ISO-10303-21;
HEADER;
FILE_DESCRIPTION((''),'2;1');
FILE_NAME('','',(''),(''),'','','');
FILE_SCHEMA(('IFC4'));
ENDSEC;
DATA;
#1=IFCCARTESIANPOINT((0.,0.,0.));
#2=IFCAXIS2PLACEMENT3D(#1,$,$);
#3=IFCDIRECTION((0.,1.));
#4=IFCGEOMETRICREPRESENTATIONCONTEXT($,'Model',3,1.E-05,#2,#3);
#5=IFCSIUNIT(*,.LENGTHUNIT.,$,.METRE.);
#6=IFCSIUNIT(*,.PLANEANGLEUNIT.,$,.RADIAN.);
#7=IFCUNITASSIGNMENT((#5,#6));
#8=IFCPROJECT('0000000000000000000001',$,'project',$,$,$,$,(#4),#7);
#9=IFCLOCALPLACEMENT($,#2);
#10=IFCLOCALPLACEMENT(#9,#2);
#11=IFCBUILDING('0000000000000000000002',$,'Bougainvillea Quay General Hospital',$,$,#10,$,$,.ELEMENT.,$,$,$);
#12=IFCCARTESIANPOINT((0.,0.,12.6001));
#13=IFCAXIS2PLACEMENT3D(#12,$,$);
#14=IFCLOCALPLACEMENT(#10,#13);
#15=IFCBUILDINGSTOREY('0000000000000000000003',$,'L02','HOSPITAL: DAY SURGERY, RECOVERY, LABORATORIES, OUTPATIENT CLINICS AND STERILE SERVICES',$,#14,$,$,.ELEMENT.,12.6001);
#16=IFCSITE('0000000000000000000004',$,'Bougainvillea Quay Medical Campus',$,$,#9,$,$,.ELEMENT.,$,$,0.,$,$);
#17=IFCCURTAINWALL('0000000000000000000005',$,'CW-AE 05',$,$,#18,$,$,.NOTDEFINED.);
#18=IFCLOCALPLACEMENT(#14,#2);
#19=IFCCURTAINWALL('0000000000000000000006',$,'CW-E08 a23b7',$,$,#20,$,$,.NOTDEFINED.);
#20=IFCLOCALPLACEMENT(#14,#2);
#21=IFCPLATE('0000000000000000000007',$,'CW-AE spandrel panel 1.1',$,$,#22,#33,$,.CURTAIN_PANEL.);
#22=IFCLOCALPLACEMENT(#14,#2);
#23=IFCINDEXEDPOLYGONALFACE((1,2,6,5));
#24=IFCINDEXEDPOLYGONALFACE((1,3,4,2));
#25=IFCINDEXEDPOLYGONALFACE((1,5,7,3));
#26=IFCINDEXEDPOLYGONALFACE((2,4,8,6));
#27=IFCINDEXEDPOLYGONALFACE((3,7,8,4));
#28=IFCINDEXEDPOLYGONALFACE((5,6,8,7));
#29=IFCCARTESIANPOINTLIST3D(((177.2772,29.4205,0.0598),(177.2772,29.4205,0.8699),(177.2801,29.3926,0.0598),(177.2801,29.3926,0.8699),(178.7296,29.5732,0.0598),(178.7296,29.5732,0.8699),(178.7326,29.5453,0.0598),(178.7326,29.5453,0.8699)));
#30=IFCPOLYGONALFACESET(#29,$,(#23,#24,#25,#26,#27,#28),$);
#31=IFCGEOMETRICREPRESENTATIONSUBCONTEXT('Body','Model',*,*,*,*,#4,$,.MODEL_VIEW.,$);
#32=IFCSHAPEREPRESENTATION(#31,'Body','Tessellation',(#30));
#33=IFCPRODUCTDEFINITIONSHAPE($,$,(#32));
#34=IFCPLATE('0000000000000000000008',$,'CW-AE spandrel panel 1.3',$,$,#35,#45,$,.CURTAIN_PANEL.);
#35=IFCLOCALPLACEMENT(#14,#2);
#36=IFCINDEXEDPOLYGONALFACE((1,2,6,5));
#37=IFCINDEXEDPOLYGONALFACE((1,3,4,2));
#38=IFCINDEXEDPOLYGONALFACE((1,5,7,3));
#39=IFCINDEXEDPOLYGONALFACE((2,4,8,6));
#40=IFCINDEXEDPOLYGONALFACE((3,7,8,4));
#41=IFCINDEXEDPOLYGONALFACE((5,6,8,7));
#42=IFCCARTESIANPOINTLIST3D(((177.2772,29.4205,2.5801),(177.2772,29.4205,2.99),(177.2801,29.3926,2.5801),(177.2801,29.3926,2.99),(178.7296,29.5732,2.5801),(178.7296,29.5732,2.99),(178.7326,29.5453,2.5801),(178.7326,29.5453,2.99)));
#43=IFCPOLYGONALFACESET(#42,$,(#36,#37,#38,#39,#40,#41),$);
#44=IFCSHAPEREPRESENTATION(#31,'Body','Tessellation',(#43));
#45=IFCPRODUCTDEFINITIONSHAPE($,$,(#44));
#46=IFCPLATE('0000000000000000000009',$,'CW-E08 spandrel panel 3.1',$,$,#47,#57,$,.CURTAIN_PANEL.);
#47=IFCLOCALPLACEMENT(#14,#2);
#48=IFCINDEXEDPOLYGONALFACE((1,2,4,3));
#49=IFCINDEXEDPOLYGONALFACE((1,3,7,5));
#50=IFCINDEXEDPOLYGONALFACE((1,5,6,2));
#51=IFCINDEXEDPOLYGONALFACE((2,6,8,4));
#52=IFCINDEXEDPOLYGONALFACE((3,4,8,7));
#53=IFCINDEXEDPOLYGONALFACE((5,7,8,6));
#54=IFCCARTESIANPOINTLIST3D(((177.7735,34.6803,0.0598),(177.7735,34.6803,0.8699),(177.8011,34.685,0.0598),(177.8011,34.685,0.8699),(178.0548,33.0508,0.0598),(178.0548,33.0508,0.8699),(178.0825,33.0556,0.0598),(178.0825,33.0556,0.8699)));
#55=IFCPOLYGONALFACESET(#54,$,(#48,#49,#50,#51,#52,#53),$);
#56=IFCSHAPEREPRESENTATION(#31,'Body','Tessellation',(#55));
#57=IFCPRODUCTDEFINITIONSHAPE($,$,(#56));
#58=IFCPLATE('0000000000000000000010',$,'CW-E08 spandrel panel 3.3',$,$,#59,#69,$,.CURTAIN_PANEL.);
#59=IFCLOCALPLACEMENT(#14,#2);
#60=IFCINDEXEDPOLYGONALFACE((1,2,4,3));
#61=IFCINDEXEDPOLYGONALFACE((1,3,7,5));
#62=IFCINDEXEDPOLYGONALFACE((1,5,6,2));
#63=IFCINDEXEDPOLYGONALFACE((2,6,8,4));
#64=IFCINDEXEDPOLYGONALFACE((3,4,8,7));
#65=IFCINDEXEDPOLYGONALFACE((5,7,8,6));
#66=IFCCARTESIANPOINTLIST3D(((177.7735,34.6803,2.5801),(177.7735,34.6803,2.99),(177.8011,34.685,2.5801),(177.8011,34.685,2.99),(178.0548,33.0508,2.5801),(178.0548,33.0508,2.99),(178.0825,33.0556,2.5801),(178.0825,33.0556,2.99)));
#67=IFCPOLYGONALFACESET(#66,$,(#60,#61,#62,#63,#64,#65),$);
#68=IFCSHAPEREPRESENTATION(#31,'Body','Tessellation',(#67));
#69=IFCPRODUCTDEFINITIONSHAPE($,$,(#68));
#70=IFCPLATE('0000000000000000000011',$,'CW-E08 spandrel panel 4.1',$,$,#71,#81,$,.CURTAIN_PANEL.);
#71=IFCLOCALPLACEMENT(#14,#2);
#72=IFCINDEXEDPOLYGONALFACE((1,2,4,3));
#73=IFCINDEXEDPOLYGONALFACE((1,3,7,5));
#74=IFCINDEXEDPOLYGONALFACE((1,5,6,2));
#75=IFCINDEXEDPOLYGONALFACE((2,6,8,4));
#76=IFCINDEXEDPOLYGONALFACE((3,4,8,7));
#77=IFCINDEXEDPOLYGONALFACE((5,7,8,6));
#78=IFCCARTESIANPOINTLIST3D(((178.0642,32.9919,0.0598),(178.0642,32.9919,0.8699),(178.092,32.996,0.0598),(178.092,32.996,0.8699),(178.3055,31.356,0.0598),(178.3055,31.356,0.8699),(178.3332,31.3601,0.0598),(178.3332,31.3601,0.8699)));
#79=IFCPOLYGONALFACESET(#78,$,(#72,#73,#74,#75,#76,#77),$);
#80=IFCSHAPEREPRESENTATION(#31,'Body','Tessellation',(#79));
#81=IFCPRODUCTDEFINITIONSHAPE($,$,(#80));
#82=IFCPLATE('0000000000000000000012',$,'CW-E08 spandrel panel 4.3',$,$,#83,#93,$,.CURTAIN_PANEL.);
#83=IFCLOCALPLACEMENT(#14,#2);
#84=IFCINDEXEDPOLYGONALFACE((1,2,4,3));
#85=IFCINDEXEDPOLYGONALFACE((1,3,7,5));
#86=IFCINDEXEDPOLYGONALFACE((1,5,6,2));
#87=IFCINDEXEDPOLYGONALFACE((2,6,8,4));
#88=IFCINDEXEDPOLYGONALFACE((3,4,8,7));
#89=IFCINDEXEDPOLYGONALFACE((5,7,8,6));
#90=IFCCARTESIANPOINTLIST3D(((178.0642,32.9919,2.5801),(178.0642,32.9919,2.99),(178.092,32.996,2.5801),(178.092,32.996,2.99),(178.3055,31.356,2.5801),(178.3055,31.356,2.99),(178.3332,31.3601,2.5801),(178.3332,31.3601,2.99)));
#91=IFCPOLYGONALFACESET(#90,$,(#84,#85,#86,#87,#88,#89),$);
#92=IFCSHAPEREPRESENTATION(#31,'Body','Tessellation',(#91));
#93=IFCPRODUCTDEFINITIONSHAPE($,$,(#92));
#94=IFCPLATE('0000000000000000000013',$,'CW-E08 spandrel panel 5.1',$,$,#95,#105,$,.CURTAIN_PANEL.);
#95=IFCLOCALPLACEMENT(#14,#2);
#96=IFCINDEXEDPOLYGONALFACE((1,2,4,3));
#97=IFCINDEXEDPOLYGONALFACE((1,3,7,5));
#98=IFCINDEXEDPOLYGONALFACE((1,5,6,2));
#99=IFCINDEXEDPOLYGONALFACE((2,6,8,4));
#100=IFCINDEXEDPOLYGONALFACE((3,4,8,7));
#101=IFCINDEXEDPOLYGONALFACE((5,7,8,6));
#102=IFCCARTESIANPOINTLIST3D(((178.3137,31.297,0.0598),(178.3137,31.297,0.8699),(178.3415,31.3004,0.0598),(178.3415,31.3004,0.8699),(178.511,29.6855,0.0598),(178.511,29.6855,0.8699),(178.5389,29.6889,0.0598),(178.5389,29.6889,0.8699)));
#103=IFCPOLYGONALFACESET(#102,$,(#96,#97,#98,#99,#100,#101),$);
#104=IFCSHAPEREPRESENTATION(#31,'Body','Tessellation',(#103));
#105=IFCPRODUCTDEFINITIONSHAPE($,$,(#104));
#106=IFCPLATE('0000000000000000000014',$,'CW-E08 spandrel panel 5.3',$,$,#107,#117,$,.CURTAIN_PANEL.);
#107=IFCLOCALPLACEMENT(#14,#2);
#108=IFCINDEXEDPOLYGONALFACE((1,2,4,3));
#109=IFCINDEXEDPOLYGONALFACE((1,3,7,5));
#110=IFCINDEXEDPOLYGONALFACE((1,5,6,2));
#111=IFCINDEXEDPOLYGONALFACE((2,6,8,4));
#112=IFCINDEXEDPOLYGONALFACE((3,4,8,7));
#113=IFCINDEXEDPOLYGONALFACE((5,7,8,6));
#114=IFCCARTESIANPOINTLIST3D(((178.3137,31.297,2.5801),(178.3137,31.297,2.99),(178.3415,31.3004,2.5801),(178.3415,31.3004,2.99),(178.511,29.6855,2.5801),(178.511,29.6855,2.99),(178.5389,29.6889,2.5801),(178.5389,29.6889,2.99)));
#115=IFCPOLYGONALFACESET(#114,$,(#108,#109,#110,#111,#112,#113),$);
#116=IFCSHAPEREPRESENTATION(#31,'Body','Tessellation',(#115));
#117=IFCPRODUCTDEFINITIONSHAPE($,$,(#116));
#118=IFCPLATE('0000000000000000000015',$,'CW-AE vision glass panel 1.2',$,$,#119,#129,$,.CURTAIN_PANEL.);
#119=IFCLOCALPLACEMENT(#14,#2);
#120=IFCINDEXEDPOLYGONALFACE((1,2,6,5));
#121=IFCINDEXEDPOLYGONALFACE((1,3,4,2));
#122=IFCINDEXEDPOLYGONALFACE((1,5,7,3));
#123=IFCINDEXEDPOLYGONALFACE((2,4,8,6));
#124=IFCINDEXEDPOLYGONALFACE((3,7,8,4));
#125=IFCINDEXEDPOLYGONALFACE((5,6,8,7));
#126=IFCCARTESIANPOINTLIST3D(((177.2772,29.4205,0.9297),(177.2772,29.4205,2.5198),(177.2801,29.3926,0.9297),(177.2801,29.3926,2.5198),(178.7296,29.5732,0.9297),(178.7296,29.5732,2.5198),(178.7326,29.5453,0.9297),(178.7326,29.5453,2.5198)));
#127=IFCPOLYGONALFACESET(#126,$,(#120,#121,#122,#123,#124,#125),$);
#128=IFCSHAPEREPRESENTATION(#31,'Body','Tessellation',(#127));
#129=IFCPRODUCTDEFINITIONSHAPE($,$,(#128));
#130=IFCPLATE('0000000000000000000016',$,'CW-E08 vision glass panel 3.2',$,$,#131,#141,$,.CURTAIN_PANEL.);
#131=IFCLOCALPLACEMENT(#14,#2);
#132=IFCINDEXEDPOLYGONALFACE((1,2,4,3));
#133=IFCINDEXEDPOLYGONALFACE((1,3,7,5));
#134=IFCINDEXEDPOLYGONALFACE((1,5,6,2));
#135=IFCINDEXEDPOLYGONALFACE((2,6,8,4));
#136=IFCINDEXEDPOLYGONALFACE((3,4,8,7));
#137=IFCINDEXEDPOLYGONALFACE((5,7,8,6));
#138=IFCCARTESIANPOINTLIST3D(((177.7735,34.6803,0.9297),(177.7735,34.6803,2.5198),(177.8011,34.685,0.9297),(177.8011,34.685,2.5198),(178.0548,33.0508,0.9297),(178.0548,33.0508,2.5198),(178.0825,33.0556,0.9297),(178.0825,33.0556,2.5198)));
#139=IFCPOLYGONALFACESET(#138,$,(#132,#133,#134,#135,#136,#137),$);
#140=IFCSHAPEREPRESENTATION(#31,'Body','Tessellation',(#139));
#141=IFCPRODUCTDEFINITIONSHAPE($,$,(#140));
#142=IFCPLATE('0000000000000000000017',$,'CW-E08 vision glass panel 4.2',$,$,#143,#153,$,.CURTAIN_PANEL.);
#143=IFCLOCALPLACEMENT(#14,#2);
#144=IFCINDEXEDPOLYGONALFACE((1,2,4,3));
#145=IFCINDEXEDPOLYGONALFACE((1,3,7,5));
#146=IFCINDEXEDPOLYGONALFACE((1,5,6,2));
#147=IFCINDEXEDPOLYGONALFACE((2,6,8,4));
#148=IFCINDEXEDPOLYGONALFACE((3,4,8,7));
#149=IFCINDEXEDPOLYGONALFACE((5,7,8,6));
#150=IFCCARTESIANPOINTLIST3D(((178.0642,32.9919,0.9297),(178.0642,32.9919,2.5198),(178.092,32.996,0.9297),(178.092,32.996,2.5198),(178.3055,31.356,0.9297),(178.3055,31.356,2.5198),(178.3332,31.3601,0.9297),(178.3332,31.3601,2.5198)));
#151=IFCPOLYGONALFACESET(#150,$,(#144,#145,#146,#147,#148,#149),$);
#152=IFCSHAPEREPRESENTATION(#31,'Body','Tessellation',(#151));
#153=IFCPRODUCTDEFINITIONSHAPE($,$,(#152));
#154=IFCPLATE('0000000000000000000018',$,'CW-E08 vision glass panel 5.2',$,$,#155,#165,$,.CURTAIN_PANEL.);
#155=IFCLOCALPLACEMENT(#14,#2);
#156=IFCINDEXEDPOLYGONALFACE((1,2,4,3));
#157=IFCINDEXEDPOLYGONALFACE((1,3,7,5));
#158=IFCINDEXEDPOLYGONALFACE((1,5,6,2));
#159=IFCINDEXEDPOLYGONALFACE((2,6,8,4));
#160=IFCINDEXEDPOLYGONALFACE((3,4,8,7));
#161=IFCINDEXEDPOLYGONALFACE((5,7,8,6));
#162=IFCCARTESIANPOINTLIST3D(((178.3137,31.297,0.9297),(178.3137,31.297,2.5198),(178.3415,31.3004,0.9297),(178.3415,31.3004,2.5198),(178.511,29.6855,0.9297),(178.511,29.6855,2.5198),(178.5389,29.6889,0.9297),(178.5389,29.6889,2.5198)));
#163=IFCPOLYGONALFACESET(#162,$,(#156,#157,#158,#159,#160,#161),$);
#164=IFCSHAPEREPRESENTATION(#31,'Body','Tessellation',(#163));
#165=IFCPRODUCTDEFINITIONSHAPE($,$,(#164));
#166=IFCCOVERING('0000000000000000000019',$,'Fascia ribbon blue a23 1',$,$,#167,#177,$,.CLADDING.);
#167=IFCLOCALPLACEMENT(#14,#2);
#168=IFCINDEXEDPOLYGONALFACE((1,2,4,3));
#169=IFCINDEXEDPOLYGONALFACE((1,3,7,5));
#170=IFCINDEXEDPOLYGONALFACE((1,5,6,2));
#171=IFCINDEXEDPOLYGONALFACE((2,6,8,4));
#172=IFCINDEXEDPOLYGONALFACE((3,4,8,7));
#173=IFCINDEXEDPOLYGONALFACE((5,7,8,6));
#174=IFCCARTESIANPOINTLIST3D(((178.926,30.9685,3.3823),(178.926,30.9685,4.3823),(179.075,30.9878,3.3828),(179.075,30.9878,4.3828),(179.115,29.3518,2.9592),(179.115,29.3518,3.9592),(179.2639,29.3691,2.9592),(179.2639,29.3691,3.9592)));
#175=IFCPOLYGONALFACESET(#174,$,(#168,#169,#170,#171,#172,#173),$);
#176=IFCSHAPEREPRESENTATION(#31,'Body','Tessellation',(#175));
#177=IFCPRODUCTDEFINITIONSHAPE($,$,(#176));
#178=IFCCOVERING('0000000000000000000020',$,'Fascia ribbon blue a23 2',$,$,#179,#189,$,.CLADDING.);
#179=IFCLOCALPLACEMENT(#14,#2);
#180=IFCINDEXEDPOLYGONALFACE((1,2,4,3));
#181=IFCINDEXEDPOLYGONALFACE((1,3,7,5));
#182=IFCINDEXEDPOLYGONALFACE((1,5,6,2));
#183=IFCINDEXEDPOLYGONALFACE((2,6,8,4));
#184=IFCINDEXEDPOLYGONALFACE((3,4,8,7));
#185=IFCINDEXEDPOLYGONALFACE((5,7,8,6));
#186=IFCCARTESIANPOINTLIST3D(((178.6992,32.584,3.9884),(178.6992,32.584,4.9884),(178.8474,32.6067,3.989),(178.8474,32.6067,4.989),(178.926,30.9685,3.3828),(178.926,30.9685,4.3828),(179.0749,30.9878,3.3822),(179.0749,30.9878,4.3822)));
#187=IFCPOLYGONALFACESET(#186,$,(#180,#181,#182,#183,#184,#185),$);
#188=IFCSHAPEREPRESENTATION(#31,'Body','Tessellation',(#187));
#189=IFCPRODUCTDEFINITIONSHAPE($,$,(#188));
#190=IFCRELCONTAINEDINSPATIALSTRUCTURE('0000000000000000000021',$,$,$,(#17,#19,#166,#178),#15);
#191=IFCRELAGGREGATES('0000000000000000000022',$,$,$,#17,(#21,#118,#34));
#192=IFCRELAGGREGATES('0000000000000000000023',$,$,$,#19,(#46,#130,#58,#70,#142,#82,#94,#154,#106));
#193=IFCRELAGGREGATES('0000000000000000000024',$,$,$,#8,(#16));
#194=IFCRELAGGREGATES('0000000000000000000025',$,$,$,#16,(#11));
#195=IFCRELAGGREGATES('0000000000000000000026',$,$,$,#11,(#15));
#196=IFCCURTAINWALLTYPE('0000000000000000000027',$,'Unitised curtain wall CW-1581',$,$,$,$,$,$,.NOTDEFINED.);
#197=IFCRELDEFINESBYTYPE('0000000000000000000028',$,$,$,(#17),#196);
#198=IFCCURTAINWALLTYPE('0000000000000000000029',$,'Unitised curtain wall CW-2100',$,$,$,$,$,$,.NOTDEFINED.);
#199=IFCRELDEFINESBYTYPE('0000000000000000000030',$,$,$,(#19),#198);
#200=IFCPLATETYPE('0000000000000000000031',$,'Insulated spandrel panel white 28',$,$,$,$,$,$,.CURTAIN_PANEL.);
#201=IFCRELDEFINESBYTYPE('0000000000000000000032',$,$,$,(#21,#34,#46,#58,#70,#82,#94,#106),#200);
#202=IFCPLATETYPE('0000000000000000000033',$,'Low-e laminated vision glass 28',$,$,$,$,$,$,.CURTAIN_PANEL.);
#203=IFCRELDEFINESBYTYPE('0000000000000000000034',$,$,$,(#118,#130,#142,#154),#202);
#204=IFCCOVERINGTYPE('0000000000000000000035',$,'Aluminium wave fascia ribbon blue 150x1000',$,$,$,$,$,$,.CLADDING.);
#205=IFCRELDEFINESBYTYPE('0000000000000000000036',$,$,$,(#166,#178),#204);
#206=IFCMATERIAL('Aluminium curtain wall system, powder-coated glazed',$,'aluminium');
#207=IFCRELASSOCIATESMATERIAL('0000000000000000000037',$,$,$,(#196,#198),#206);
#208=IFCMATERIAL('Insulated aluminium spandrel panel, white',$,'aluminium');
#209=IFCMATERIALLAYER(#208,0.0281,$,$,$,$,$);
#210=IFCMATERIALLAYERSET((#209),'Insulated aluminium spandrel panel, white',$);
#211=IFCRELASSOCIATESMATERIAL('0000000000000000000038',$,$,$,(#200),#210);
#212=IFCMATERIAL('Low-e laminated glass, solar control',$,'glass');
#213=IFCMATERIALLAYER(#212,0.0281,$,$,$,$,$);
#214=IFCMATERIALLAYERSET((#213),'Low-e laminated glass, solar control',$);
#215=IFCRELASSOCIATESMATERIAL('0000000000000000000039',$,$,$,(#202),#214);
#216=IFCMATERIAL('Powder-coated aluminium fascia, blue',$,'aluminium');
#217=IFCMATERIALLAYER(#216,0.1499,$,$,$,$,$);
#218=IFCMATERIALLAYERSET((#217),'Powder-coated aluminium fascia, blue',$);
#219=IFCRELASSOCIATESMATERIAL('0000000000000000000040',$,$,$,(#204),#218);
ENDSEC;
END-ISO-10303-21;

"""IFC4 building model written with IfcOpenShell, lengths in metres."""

from ifc_helpers import new_model, si_unit, direction, frame, origin, origin_2d, place, context, subcontext, project, spatial, polyline, rectangle, outline, extrude, material, layer, layer_set, type_object, element, aggregate, save


model = new_model("IFC4")

# Units and contexts
model_context = context("Model", 3, precision=1e-05, world=origin(), true_north=direction((0.0, 1.0)))
body_context = subcontext(model_context, "Body", "Model", "MODEL_VIEW")
ifc_project = project(units=[si_unit("LENGTHUNIT", "METRE"), si_unit("PLANEANGLEUNIT", "RADIAN")], contexts=[model_context])

# Site, building, storey
site_placement = place(None, origin())
site = spatial("IfcSite", under=ifc_project, at=site_placement, Name="Bougainvillea Quay Medical Campus", CompositionType="ELEMENT", RefElevation=0.0)
building_placement = place(site_placement, origin())
building = spatial("IfcBuilding", under=site, at=building_placement, Name="Bougainvillea Quay General Hospital", CompositionType="ELEMENT")
storey_placement = place(building_placement, frame((0.0, 0.0, 12.6001)))
storey = spatial("IfcBuildingStorey", under=building, at=storey_placement, Name="L02", Description="HOSPITAL: DAY SURGERY, RECOVERY, LABORATORIES, OUTPATIENT CLINICS AND STERILE SERVICES", CompositionType="ELEMENT", Elevation=12.6001)

# Curtain wall
ifc_material_1 = material(Name="Aluminium curtain wall system, powder-coated glazed", Category="aluminium")
curtain_wall_type_1 = type_object("IfcCurtainWallType", Name="Unitised curtain wall CW-1581", PredefinedType="NOTDEFINED", material=ifc_material_1)
curtain_wall_1_placement = place(storey_placement, origin())
curtain_wall_1 = element("IfcCurtainWall", 1, at=curtain_wall_1_placement, inside=storey, type_object=curtain_wall_type_1, Name="CW-AE 05", PredefinedType="NOTDEFINED")

# Curtain wall
curtain_wall_type_2 = type_object("IfcCurtainWallType", Name="Unitised curtain wall CW-2100", PredefinedType="NOTDEFINED", material=ifc_material_1)
curtain_wall_2_placement = place(storey_placement, origin())
curtain_wall_2 = element("IfcCurtainWall", 2, at=curtain_wall_2_placement, inside=storey, type_object=curtain_wall_type_2, Name="CW-E08 a23b7", PredefinedType="NOTDEFINED")

# Plates
ifc_material_2 = material(Name="Insulated aluminium spandrel panel, white", Category="aluminium")
ifc_layer_1 = layer(ifc_material_2, 0.0281)
ifc_layer_set_1 = layer_set([ifc_layer_1], Name="Insulated aluminium spandrel panel, white")
plate_type_1 = type_object("IfcPlateType", Name="Insulated spandrel panel white 28", PredefinedType="CURTAIN_PANEL", material=ifc_layer_set_1)
plate_1_placement = place(storey_placement, frame((178.0049, 29.4829, 0.0598), z_axis=(0.0, 0.0, 1.0), x_axis=(0.994522, 0.104527, 0.0)))
plate_1 = element("IfcPlate", 3, at=plate_1_placement, type_object=plate_type_1, Name="CW-AE spandrel panel 1.1", PredefinedType="CURTAIN_PANEL", context=body_context, shape_type="SweptSolid", body=[
    extrude(rectangle(XDim=1.4604, YDim=0.0281, at=origin_2d()), origin(), (0.0, 0.0, 1.0), 0.8101),
])
plate_2_placement = place(storey_placement, frame((178.0049, 29.4829, 2.5801), z_axis=(0.0, 0.0, 1.0), x_axis=(0.994522, 0.104527, 0.0)))
plate_2 = element("IfcPlate", 4, at=plate_2_placement, type_object=plate_type_1, Name="CW-AE spandrel panel 1.3", PredefinedType="CURTAIN_PANEL", context=body_context, shape_type="SweptSolid", body=[
    extrude(rectangle(XDim=1.4604, YDim=0.0281, at=origin_2d()), origin(), (0.0, 0.0, 1.0), 0.4099),
])
plate_3_placement = place(storey_placement, frame((177.928, 33.8679, 0.0598), z_axis=(0.0, 0.0, 1.0), x_axis=(0.17016, -0.985416, 0.0)))
plate_3 = element("IfcPlate", 5, at=plate_3_placement, type_object=plate_type_1, Name="CW-E08 spandrel panel 3.1", PredefinedType="CURTAIN_PANEL", context=body_context, shape_type="SweptSolid", body=[
    extrude(rectangle(XDim=1.6536, YDim=0.0281, at=origin_2d()), origin(), (0.0, 0.0, 1.0), 0.8101),
])
plate_4_placement = place(storey_placement, frame((177.928, 33.8679, 2.5801), z_axis=(0.0, 0.0, 1.0), x_axis=(0.17016, -0.985416, 0.0)))
plate_4 = element("IfcPlate", 6, at=plate_4_placement, type_object=plate_type_1, Name="CW-E08 spandrel panel 3.3", PredefinedType="CURTAIN_PANEL", context=body_context, shape_type="SweptSolid", body=[
    extrude(rectangle(XDim=1.6536, YDim=0.0281, at=origin_2d()), origin(), (0.0, 0.0, 1.0), 0.4099),
])
plate_5_placement = place(storey_placement, frame((178.1987, 32.176, 0.0598), z_axis=(0.0, 0.0, 1.0), x_axis=(0.145903, -0.989299, 0.0)))
plate_5 = element("IfcPlate", 7, at=plate_5_placement, type_object=plate_type_1, Name="CW-E08 spandrel panel 4.1", PredefinedType="CURTAIN_PANEL", context=body_context, shape_type="SweptSolid", body=[
    extrude(rectangle(XDim=1.6536, YDim=0.0281, at=origin_2d()), origin(), (0.0, 0.0, 1.0), 0.8101),
])
plate_6_placement = place(storey_placement, frame((178.1987, 32.176, 2.5801), z_axis=(0.0, 0.0, 1.0), x_axis=(0.145903, -0.989299, 0.0)))
plate_6 = element("IfcPlate", 8, at=plate_6_placement, type_object=plate_type_1, Name="CW-E08 spandrel panel 4.3", PredefinedType="CURTAIN_PANEL", context=body_context, shape_type="SweptSolid", body=[
    extrude(rectangle(XDim=1.6536, YDim=0.0281, at=origin_2d()), origin(), (0.0, 0.0, 1.0), 0.4099),
])
plate_7_placement = place(storey_placement, frame((178.4263, 30.4929, 0.0598), z_axis=(0.0, 0.0, 1.0), x_axis=(0.121558, -0.992584, 0.0)))
plate_7 = element("IfcPlate", 9, at=plate_7_placement, type_object=plate_type_1, Name="CW-E08 spandrel panel 5.1", PredefinedType="CURTAIN_PANEL", context=body_context, shape_type="SweptSolid", body=[
    extrude(rectangle(XDim=1.6235, YDim=0.0281, at=origin_2d()), origin(), (0.0, 0.0, 1.0), 0.8101),
])
plate_8_placement = place(storey_placement, frame((178.4263, 30.4929, 2.5801), z_axis=(0.0, 0.0, 1.0), x_axis=(0.121558, -0.992584, 0.0)))
plate_8 = element("IfcPlate", 10, at=plate_8_placement, type_object=plate_type_1, Name="CW-E08 spandrel panel 5.3", PredefinedType="CURTAIN_PANEL", context=body_context, shape_type="SweptSolid", body=[
    extrude(rectangle(XDim=1.6235, YDim=0.0281, at=origin_2d()), origin(), (0.0, 0.0, 1.0), 0.4099),
])
ifc_material_3 = material(Name="Low-e laminated glass, solar control", Category="glass")
ifc_layer_2 = layer(ifc_material_3, 0.0281)
ifc_layer_set_2 = layer_set([ifc_layer_2], Name="Low-e laminated glass, solar control")
plate_type_2 = type_object("IfcPlateType", Name="Low-e laminated vision glass 28", PredefinedType="CURTAIN_PANEL", material=ifc_layer_set_2)
plate_9_placement = place(storey_placement, frame((178.0049, 29.4829, 0.9297), z_axis=(0.0, 0.0, 1.0), x_axis=(0.994522, 0.104527, 0.0)))
plate_9 = element("IfcPlate", 11, at=plate_9_placement, type_object=plate_type_2, Name="CW-AE vision glass panel 1.2", PredefinedType="CURTAIN_PANEL", context=body_context, shape_type="SweptSolid", body=[
    extrude(rectangle(XDim=1.4604, YDim=0.0281, at=origin_2d()), origin(), (0.0, 0.0, 1.0), 1.5901),
])
aggregate(curtain_wall_1, [plate_1, plate_9, plate_2])
plate_10_placement = place(storey_placement, frame((177.928, 33.8679, 0.9297), z_axis=(0.0, 0.0, 1.0), x_axis=(0.17016, -0.985416, 0.0)))
plate_10 = element("IfcPlate", 12, at=plate_10_placement, type_object=plate_type_2, Name="CW-E08 vision glass panel 3.2", PredefinedType="CURTAIN_PANEL", context=body_context, shape_type="SweptSolid", body=[
    extrude(rectangle(XDim=1.6536, YDim=0.0281, at=origin_2d()), origin(), (0.0, 0.0, 1.0), 1.5901),
])
plate_11_placement = place(storey_placement, frame((178.1987, 32.176, 0.9297), z_axis=(0.0, 0.0, 1.0), x_axis=(0.145903, -0.989299, 0.0)))
plate_11 = element("IfcPlate", 13, at=plate_11_placement, type_object=plate_type_2, Name="CW-E08 vision glass panel 4.2", PredefinedType="CURTAIN_PANEL", context=body_context, shape_type="SweptSolid", body=[
    extrude(rectangle(XDim=1.6536, YDim=0.0281, at=origin_2d()), origin(), (0.0, 0.0, 1.0), 1.5901),
])
plate_12_placement = place(storey_placement, frame((178.4263, 30.4929, 0.9297), z_axis=(0.0, 0.0, 1.0), x_axis=(0.121558, -0.992584, 0.0)))
plate_12 = element("IfcPlate", 14, at=plate_12_placement, type_object=plate_type_2, Name="CW-E08 vision glass panel 5.2", PredefinedType="CURTAIN_PANEL", context=body_context, shape_type="SweptSolid", body=[
    extrude(rectangle(XDim=1.6235, YDim=0.0281, at=origin_2d()), origin(), (0.0, 0.0, 1.0), 1.5901),
])
aggregate(curtain_wall_2, [plate_3, plate_10, plate_4, plate_5, plate_11, plate_6, plate_7, plate_12, plate_8])

# Coverings
ifc_material_4 = material(Name="Powder-coated aluminium fascia, blue", Category="aluminium")
ifc_layer_3 = layer(ifc_material_4, 0.1499)
ifc_layer_set_3 = layer_set([ifc_layer_3], Name="Powder-coated aluminium fascia, blue")
covering_type = type_object("IfcCoveringType", Name="Aluminium wave fascia ribbon blue 150x1000", PredefinedType="CLADDING", material=ifc_layer_set_3)
covering_1_placement = place(storey_placement, frame((179.115, 29.3518, 2.9592), z_axis=(0.029136, -0.249877, 0.967839), x_axis=(-0.112359, 0.961295, 0.251569)))
element("IfcCovering", 15, at=covering_1_placement, inside=storey, type_object=covering_type, Name="Fascia ribbon blue a23 1", PredefinedType="CLADDING", context=body_context, shape_type="SweptSolid", body=[
    extrude(outline(polyline([(0.0, 0.0), (1.6818, 0.0), (1.6837, -0.1502), (-0.0001, -0.1499), (0.0, 0.0)])), origin(), (0.251569, -0.000068, 0.967839), 1.0),
])
covering_2_placement = place(storey_placement, frame((178.926, 30.9685, 3.3828), z_axis=(0.0487, -0.344578, 0.937494), x_axis=(-0.130342, 0.928389, 0.348002)))
element("IfcCovering", 16, at=covering_2_placement, inside=storey, type_object=covering_type, Name="Fascia ribbon blue a23 2", PredefinedType="CLADDING", context=body_context, shape_type="SweptSolid", body=[
    extrude(outline(polyline([(0.0, 0.0), (1.7401, 0.0), (1.7421, -0.1499), (-0.0017, -0.1502), (0.0, 0.0)])), origin(), (0.348002, 0.000299, 0.937494), 1.0),
])

save(model, "model.ifc")
